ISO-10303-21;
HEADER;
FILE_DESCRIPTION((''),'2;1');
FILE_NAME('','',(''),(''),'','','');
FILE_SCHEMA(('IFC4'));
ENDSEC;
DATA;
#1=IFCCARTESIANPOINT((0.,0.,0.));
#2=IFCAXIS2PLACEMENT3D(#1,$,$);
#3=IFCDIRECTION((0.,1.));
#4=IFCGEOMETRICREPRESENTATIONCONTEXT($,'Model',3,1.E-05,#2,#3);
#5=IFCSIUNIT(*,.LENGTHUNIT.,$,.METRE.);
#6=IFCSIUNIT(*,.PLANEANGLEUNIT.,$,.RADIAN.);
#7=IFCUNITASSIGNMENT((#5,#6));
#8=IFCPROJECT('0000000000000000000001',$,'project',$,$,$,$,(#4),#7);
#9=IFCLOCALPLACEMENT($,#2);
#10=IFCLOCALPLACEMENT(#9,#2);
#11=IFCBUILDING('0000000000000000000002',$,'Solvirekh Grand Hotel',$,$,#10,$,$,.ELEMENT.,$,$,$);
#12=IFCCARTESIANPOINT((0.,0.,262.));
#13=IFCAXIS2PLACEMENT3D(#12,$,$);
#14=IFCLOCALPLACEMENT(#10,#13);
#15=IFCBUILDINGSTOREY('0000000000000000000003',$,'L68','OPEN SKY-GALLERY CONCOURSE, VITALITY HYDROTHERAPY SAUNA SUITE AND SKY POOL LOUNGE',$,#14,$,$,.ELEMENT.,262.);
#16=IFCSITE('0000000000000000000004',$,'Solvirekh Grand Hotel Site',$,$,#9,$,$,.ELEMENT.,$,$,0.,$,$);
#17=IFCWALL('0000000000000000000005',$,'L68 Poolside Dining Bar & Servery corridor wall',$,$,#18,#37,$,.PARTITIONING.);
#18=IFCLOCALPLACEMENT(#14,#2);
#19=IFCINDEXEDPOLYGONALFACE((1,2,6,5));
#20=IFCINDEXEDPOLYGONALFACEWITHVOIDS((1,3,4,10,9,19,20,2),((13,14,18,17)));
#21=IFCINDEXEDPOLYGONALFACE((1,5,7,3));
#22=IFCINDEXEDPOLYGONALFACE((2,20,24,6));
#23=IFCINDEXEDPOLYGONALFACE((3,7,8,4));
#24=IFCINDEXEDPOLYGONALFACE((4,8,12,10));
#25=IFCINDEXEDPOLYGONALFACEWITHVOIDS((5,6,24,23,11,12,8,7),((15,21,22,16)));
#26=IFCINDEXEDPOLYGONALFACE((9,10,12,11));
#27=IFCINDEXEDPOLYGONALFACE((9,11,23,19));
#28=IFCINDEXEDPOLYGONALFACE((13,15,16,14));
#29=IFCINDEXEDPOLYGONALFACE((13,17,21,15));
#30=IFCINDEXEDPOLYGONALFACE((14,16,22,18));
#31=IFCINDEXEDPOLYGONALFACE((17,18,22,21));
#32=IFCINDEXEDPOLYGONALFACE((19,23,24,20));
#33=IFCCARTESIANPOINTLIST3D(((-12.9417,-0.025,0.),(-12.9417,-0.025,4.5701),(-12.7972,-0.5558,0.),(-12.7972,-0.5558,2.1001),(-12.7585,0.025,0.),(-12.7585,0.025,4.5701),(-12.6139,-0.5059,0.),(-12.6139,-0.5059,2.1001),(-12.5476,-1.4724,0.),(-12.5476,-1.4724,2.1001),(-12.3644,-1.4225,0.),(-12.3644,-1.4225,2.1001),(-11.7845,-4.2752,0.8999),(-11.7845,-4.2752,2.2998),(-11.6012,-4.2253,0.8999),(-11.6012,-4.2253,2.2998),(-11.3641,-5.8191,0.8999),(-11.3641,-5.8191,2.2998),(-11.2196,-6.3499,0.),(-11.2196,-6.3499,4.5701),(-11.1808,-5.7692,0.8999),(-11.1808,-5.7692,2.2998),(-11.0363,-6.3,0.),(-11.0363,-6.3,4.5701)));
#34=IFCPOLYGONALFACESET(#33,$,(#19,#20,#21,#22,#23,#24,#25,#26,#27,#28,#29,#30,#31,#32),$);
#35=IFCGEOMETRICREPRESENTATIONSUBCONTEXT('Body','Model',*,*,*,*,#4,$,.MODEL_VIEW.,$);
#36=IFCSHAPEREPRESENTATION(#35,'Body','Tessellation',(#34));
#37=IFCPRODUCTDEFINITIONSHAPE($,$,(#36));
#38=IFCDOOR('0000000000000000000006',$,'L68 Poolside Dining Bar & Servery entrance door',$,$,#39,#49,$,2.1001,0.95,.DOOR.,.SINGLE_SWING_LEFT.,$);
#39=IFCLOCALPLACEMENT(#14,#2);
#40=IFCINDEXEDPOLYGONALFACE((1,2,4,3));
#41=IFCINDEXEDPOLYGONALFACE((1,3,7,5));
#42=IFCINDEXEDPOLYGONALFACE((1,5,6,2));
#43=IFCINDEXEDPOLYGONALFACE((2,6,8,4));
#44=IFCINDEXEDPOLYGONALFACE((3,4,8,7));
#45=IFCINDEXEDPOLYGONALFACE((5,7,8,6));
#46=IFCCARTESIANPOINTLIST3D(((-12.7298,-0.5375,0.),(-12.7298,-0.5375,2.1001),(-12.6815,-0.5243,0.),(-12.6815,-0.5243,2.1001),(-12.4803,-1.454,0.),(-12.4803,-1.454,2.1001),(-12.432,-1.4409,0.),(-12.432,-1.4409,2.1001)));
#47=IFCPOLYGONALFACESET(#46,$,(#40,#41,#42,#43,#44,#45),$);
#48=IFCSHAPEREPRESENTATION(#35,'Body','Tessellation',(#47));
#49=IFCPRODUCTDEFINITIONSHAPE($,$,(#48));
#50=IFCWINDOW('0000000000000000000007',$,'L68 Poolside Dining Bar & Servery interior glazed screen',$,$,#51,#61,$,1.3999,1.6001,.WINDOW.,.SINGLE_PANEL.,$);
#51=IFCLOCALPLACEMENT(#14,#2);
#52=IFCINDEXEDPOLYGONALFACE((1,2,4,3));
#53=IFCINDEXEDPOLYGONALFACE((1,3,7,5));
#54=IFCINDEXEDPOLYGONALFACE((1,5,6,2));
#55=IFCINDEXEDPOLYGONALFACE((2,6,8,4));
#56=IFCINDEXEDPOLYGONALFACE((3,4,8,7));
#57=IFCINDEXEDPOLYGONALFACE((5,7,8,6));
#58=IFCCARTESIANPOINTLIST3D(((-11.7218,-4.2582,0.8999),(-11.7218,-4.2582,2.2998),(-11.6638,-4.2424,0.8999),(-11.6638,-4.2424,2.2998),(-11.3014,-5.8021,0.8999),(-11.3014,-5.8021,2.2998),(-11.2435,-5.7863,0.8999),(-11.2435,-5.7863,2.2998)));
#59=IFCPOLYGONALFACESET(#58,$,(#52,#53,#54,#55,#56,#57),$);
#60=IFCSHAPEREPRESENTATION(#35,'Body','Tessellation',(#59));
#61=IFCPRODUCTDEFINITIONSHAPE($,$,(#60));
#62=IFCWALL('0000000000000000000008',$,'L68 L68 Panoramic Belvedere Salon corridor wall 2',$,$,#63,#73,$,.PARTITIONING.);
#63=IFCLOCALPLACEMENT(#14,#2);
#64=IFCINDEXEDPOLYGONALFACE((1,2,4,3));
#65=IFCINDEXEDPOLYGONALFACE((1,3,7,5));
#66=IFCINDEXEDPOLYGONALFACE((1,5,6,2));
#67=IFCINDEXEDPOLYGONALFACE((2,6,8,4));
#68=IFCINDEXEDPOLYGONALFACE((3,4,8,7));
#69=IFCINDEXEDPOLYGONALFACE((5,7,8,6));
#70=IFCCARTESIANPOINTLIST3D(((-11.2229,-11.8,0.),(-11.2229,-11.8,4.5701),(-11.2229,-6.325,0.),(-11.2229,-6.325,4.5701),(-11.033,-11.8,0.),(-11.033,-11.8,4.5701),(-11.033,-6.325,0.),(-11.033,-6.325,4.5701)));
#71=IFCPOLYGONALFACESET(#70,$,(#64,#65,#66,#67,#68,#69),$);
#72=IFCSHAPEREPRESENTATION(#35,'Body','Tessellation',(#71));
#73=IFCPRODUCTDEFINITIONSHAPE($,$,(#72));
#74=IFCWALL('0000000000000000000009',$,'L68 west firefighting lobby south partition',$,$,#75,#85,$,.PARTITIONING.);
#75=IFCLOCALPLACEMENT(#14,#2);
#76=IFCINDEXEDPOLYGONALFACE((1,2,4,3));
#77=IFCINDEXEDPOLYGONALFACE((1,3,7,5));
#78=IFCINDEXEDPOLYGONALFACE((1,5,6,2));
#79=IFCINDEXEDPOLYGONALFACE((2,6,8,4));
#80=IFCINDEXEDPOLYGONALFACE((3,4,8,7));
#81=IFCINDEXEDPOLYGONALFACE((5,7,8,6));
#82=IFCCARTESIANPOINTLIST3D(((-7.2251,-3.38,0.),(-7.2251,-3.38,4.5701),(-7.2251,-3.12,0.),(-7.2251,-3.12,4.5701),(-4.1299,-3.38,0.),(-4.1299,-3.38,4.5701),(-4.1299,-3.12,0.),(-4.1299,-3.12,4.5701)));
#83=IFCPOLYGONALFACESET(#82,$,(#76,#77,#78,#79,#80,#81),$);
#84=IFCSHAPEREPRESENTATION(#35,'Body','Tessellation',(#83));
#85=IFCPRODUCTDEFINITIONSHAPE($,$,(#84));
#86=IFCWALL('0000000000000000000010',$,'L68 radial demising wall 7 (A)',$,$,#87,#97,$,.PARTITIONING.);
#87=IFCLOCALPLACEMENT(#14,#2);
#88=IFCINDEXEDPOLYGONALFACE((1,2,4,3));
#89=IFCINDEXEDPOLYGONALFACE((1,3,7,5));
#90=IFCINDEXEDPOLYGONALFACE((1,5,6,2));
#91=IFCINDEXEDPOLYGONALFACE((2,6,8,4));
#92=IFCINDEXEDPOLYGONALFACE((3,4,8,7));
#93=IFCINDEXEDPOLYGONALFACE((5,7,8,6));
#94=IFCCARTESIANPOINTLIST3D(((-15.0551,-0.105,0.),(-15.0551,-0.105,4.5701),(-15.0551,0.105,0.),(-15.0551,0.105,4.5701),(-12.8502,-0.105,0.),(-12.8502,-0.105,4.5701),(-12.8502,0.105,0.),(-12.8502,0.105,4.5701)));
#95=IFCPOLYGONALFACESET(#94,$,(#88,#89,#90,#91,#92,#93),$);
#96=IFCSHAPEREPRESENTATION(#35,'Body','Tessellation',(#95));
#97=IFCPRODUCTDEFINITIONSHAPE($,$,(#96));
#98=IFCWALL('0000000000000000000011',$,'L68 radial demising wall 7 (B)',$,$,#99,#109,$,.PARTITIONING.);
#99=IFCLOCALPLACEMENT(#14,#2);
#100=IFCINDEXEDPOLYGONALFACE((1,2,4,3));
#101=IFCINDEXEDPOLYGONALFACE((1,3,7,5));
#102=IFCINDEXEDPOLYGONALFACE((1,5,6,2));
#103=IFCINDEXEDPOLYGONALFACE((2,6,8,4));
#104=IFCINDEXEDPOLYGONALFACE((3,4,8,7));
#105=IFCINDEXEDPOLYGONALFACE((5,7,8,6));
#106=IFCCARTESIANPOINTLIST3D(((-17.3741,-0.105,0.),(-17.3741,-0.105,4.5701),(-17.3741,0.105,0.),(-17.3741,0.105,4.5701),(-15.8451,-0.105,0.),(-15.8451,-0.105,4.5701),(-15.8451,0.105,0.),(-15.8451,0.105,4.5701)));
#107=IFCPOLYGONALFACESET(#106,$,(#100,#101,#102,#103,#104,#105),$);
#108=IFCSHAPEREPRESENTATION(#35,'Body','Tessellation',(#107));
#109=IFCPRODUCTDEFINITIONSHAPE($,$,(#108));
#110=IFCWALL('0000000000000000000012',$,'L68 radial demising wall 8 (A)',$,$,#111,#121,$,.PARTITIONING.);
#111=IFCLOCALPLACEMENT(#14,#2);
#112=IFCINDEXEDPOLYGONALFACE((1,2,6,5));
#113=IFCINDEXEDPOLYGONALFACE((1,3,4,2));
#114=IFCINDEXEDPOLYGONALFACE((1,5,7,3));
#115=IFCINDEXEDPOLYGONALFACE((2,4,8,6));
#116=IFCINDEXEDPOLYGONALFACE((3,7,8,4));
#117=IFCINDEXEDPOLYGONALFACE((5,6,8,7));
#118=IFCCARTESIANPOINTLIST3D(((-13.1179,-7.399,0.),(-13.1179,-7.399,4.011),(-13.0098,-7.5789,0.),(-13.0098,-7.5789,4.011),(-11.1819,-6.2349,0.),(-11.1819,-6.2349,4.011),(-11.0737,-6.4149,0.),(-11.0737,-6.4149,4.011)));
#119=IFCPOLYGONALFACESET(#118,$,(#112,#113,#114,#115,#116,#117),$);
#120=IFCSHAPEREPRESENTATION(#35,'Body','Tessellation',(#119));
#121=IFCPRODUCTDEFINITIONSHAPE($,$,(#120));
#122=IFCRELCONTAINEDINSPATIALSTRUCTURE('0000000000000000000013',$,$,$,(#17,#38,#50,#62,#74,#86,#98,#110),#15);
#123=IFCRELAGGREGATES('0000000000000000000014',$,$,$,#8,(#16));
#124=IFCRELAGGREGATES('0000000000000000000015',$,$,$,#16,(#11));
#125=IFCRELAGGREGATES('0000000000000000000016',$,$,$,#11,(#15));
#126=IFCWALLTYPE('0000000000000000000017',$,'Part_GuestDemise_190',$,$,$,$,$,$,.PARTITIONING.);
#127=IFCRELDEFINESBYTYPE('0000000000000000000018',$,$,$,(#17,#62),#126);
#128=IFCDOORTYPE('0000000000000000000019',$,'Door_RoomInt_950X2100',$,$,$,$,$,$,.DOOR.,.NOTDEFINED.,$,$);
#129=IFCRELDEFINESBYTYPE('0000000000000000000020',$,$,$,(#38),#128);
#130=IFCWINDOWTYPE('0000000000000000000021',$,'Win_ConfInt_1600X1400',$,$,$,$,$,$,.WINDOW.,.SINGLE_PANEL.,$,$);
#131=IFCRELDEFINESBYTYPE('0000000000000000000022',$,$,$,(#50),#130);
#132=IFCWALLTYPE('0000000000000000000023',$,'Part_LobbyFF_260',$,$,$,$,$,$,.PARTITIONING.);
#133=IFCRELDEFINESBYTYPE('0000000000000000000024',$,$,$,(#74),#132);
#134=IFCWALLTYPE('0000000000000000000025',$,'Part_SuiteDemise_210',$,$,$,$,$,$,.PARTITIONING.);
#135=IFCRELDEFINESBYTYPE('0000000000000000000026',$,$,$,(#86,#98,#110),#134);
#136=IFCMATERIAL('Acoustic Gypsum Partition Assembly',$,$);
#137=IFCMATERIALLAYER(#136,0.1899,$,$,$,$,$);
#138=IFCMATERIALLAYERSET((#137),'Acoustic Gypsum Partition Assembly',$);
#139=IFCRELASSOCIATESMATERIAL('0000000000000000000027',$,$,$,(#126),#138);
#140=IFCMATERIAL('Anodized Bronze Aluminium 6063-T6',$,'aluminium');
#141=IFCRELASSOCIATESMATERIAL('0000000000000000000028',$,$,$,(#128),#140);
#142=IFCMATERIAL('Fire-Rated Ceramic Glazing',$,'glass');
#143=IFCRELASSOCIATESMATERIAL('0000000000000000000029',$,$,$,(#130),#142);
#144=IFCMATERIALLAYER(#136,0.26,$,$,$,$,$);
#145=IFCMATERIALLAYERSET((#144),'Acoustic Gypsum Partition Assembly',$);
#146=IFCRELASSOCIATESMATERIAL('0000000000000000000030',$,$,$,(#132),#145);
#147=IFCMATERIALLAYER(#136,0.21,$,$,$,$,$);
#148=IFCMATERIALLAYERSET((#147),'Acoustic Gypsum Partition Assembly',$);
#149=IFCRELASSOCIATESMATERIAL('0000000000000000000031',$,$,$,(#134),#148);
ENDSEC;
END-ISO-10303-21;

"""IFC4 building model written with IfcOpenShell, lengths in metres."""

from ifc_helpers import new_model, si_unit, direction, frame, frame_2d, origin, place, context, subcontext, project, spatial, rectangle, extrude, material, layer, layer_set, type_object, element, fill, save


model = new_model("IFC4")

# Units and contexts
model_context = context("Model", 3, precision=1e-05, world=origin(), true_north=direction((0.0, 1.0)))
body_context = subcontext(model_context, "Body", "Model", "MODEL_VIEW")
ifc_project = project(units=[si_unit("LENGTHUNIT", "METRE"), si_unit("PLANEANGLEUNIT", "RADIAN")], contexts=[model_context])

# Site, building, storey
site_placement = place(None, origin())
site = spatial("IfcSite", under=ifc_project, at=site_placement, Name="Solvirekh Grand Hotel Site", CompositionType="ELEMENT", RefElevation=0.0)
building_placement = place(site_placement, origin())
building = spatial("IfcBuilding", under=site, at=building_placement, Name="Solvirekh Grand Hotel", CompositionType="ELEMENT")
storey_placement = place(building_placement, frame((0.0, 0.0, 262.0)))
storey = spatial("IfcBuildingStorey", under=building, at=storey_placement, Name="L68", Description="OPEN SKY-GALLERY CONCOURSE, VITALITY HYDROTHERAPY SAUNA SUITE AND SKY POOL LOUNGE", CompositionType="ELEMENT", Elevation=262.0)

# Shared definitions
ifc_material_1 = material(Name="Anodized Bronze Aluminium 6063-T6", Category="aluminium")

# Shared definitions
ifc_material_2 = material(Name="Acoustic Gypsum Partition Assembly")

# Wall, openings, door, window
ifc_layer_1 = layer(ifc_material_2, 0.1899)
ifc_layer_set_1 = layer_set([ifc_layer_1], Name="Acoustic Gypsum Partition Assembly")
wall_type_1 = type_object("IfcWallType", Name="Part_GuestDemise_190", PredefinedType="PARTITIONING", material=ifc_layer_set_1)
wall_1_placement = place(storey_placement, frame((-12.8501, 0.0, 0.0), z_axis=(0.0, 0.0, 1.0), x_axis=(0.262717, -0.964873, 0.0)))
wall_1 = element("IfcWall", 1, at=wall_1_placement, inside=storey, type_object=wall_type_1, Name="L68 Poolside Dining Bar & Servery corridor wall", PredefinedType="PARTITIONING", context=body_context, shape_type="SweptSolid", body=[
    extrude(rectangle(XDim=6.5552, YDim=0.1899, at=frame_2d((3.2776, 0.0))), origin(), (0.0, 0.0, 1.0), 4.5701),
])
opening_1_placement = place(wall_1_placement, frame((0.55, 0.0, 0.0)))
opening_1 = element("IfcOpeningElement", 2, at=opening_1_placement, cuts=wall_1, PredefinedType="OPENING", context=body_context, shape_type="SweptSolid", body=[
    extrude(rectangle(XDim=0.95, YDim=2.1001, at=frame_2d((0.4751, 1.05))), frame((0.0, 0.105, 0.0), z_axis=(0.0, -1.0, 0.0), x_axis=(1.0, 0.0, 0.0)), (0.0, 0.0, 1.0), 0.21),
])
opening_2_placement = place(wall_1_placement, frame((4.405, 0.0, 0.8999)))
opening_2 = element("IfcOpeningElement", 3, at=opening_2_placement, cuts=wall_1, PredefinedType="OPENING", context=body_context, shape_type="SweptSolid", body=[
    extrude(rectangle(XDim=1.6001, YDim=1.3999, at=frame_2d((0.8, 0.7))), frame((0.0, 0.105, 0.0), z_axis=(0.0, -1.0, 0.0), x_axis=(1.0, 0.0, 0.0)), (0.0, 0.0, 1.0), 0.21),
])
door_type_1 = type_object("IfcDoorType", Name="Door_RoomInt_950X2100", OperationType="NOTDEFINED", PredefinedType="DOOR", material=ifc_material_1)
door_1_placement = place(opening_1_placement, origin())
door_1 = element("IfcDoor", 4, at=door_1_placement, inside=storey, type_object=door_type_1, Name="L68 Poolside Dining Bar & Servery entrance door", OperationType="SINGLE_SWING_LEFT", OverallHeight=2.1001, OverallWidth=0.95, PredefinedType="DOOR", context=body_context, shape_type="SweptSolid", body=[
    extrude(rectangle(XDim=0.95, YDim=2.1001, at=frame_2d((0.4751, 1.05))), frame((0.0, 0.0249, 0.0), z_axis=(0.0, -1.0, 0.0), x_axis=(1.0, 0.0, 0.0)), (0.0, 0.0, 1.0), 0.05),
])
fill(opening_1, door_1)
ifc_material_3 = material(Name="Fire-Rated Ceramic Glazing", Category="glass")
window_type = type_object("IfcWindowType", Name="Win_ConfInt_1600X1400", PartitioningType="SINGLE_PANEL", PredefinedType="WINDOW", material=ifc_material_3)
window_placement = place(opening_2_placement, origin())
window = element("IfcWindow", 5, at=window_placement, inside=storey, type_object=window_type, Name="L68 Poolside Dining Bar & Servery interior glazed screen", OverallHeight=1.3999, OverallWidth=1.6001, PartitioningType="SINGLE_PANEL", PredefinedType="WINDOW", context=body_context, shape_type="SweptSolid", body=[
    extrude(rectangle(XDim=1.6001, YDim=1.3999, at=frame_2d((0.8, 0.7))), frame((0.0, 0.03, 0.0), z_axis=(0.0, -1.0, 0.0), x_axis=(1.0, 0.0, 0.0)), (0.0, 0.0, 1.0), 0.0601),
])
fill(opening_2, window)

# Walls
wall_2_placement = place(storey_placement, frame((-11.1279, -6.325, 0.0), z_axis=(0.0, 0.0, 1.0), x_axis=(0.0, -1.0, 0.0)))
element("IfcWall", 6, at=wall_2_placement, inside=storey, type_object=wall_type_1, Name="L68 L68 Panoramic Belvedere Salon corridor wall 2", PredefinedType="PARTITIONING", context=body_context, shape_type="SweptSolid", body=[
    extrude(rectangle(XDim=5.4751, YDim=0.1899, at=frame_2d((2.7375, 0.0))), origin(), (0.0, 0.0, 1.0), 4.5701),
])
ifc_layer_2 = layer(ifc_material_2, 0.26)
ifc_layer_set_2 = layer_set([ifc_layer_2], Name="Acoustic Gypsum Partition Assembly")
wall_type_2 = type_object("IfcWallType", Name="Part_LobbyFF_260", PredefinedType="PARTITIONING", material=ifc_layer_set_2)
wall_3_placement = place(storey_placement, frame((-7.2251, -3.25, 0.0), z_axis=(0.0, 0.0, 1.0), x_axis=(1.0, 0.0, 0.0)))
element("IfcWall", 7, at=wall_3_placement, inside=storey, type_object=wall_type_2, Name="L68 west firefighting lobby south partition", PredefinedType="PARTITIONING", context=body_context, shape_type="SweptSolid", body=[
    extrude(rectangle(XDim=3.0952, YDim=0.26, at=frame_2d((1.5476, 0.0))), origin(), (0.0, 0.0, 1.0), 4.5701),
])
ifc_layer_3 = layer(ifc_material_2, 0.21)
ifc_layer_set_3 = layer_set([ifc_layer_3], Name="Acoustic Gypsum Partition Assembly")
wall_type_3 = type_object("IfcWallType", Name="Part_SuiteDemise_210", PredefinedType="PARTITIONING", material=ifc_layer_set_3)
wall_4_placement = place(storey_placement, frame((-12.8501, 0.0, 0.0), z_axis=(0.0, 0.0, 1.0), x_axis=(-1.0, 0.0, 0.0)))
element("IfcWall", 8, at=wall_4_placement, inside=storey, type_object=wall_type_3, Name="L68 radial demising wall 7 (A)", PredefinedType="PARTITIONING", context=body_context, shape_type="SweptSolid", body=[
    extrude(rectangle(XDim=2.2048, YDim=0.21, at=frame_2d((1.1025, 0.0))), origin(), (0.0, 0.0, 1.0), 4.5701),
])
wall_5_placement = place(storey_placement, frame((-15.845, 0.0, 0.0), z_axis=(0.0, 0.0, 1.0), x_axis=(-1.0, 0.0, 0.0)))
element("IfcWall", 9, at=wall_5_placement, inside=storey, type_object=wall_type_3, Name="L68 radial demising wall 7 (B)", PredefinedType="PARTITIONING", context=body_context, shape_type="SweptSolid", body=[
    extrude(rectangle(XDim=1.5291, YDim=0.21, at=frame_2d((0.7646, 0.0))), origin(), (0.0, 0.0, 1.0), 4.5701),
])
wall_6_placement = place(storey_placement, frame((-11.1279, -6.325, 0.0), z_axis=(0.0, 0.0, 1.0), x_axis=(-0.857016, -0.51529, 0.0)))
element("IfcWall", 10, at=wall_6_placement, inside=storey, type_object=wall_type_3, Name="L68 radial demising wall 8 (A)", PredefinedType="PARTITIONING", context=body_context, shape_type="SweptSolid", body=[
    extrude(rectangle(XDim=2.259, YDim=0.21, at=frame_2d((1.1294, 0.0))), origin(), (0.0, 0.0, 1.0), 4.011),
])

save(model, "model.ifc")
